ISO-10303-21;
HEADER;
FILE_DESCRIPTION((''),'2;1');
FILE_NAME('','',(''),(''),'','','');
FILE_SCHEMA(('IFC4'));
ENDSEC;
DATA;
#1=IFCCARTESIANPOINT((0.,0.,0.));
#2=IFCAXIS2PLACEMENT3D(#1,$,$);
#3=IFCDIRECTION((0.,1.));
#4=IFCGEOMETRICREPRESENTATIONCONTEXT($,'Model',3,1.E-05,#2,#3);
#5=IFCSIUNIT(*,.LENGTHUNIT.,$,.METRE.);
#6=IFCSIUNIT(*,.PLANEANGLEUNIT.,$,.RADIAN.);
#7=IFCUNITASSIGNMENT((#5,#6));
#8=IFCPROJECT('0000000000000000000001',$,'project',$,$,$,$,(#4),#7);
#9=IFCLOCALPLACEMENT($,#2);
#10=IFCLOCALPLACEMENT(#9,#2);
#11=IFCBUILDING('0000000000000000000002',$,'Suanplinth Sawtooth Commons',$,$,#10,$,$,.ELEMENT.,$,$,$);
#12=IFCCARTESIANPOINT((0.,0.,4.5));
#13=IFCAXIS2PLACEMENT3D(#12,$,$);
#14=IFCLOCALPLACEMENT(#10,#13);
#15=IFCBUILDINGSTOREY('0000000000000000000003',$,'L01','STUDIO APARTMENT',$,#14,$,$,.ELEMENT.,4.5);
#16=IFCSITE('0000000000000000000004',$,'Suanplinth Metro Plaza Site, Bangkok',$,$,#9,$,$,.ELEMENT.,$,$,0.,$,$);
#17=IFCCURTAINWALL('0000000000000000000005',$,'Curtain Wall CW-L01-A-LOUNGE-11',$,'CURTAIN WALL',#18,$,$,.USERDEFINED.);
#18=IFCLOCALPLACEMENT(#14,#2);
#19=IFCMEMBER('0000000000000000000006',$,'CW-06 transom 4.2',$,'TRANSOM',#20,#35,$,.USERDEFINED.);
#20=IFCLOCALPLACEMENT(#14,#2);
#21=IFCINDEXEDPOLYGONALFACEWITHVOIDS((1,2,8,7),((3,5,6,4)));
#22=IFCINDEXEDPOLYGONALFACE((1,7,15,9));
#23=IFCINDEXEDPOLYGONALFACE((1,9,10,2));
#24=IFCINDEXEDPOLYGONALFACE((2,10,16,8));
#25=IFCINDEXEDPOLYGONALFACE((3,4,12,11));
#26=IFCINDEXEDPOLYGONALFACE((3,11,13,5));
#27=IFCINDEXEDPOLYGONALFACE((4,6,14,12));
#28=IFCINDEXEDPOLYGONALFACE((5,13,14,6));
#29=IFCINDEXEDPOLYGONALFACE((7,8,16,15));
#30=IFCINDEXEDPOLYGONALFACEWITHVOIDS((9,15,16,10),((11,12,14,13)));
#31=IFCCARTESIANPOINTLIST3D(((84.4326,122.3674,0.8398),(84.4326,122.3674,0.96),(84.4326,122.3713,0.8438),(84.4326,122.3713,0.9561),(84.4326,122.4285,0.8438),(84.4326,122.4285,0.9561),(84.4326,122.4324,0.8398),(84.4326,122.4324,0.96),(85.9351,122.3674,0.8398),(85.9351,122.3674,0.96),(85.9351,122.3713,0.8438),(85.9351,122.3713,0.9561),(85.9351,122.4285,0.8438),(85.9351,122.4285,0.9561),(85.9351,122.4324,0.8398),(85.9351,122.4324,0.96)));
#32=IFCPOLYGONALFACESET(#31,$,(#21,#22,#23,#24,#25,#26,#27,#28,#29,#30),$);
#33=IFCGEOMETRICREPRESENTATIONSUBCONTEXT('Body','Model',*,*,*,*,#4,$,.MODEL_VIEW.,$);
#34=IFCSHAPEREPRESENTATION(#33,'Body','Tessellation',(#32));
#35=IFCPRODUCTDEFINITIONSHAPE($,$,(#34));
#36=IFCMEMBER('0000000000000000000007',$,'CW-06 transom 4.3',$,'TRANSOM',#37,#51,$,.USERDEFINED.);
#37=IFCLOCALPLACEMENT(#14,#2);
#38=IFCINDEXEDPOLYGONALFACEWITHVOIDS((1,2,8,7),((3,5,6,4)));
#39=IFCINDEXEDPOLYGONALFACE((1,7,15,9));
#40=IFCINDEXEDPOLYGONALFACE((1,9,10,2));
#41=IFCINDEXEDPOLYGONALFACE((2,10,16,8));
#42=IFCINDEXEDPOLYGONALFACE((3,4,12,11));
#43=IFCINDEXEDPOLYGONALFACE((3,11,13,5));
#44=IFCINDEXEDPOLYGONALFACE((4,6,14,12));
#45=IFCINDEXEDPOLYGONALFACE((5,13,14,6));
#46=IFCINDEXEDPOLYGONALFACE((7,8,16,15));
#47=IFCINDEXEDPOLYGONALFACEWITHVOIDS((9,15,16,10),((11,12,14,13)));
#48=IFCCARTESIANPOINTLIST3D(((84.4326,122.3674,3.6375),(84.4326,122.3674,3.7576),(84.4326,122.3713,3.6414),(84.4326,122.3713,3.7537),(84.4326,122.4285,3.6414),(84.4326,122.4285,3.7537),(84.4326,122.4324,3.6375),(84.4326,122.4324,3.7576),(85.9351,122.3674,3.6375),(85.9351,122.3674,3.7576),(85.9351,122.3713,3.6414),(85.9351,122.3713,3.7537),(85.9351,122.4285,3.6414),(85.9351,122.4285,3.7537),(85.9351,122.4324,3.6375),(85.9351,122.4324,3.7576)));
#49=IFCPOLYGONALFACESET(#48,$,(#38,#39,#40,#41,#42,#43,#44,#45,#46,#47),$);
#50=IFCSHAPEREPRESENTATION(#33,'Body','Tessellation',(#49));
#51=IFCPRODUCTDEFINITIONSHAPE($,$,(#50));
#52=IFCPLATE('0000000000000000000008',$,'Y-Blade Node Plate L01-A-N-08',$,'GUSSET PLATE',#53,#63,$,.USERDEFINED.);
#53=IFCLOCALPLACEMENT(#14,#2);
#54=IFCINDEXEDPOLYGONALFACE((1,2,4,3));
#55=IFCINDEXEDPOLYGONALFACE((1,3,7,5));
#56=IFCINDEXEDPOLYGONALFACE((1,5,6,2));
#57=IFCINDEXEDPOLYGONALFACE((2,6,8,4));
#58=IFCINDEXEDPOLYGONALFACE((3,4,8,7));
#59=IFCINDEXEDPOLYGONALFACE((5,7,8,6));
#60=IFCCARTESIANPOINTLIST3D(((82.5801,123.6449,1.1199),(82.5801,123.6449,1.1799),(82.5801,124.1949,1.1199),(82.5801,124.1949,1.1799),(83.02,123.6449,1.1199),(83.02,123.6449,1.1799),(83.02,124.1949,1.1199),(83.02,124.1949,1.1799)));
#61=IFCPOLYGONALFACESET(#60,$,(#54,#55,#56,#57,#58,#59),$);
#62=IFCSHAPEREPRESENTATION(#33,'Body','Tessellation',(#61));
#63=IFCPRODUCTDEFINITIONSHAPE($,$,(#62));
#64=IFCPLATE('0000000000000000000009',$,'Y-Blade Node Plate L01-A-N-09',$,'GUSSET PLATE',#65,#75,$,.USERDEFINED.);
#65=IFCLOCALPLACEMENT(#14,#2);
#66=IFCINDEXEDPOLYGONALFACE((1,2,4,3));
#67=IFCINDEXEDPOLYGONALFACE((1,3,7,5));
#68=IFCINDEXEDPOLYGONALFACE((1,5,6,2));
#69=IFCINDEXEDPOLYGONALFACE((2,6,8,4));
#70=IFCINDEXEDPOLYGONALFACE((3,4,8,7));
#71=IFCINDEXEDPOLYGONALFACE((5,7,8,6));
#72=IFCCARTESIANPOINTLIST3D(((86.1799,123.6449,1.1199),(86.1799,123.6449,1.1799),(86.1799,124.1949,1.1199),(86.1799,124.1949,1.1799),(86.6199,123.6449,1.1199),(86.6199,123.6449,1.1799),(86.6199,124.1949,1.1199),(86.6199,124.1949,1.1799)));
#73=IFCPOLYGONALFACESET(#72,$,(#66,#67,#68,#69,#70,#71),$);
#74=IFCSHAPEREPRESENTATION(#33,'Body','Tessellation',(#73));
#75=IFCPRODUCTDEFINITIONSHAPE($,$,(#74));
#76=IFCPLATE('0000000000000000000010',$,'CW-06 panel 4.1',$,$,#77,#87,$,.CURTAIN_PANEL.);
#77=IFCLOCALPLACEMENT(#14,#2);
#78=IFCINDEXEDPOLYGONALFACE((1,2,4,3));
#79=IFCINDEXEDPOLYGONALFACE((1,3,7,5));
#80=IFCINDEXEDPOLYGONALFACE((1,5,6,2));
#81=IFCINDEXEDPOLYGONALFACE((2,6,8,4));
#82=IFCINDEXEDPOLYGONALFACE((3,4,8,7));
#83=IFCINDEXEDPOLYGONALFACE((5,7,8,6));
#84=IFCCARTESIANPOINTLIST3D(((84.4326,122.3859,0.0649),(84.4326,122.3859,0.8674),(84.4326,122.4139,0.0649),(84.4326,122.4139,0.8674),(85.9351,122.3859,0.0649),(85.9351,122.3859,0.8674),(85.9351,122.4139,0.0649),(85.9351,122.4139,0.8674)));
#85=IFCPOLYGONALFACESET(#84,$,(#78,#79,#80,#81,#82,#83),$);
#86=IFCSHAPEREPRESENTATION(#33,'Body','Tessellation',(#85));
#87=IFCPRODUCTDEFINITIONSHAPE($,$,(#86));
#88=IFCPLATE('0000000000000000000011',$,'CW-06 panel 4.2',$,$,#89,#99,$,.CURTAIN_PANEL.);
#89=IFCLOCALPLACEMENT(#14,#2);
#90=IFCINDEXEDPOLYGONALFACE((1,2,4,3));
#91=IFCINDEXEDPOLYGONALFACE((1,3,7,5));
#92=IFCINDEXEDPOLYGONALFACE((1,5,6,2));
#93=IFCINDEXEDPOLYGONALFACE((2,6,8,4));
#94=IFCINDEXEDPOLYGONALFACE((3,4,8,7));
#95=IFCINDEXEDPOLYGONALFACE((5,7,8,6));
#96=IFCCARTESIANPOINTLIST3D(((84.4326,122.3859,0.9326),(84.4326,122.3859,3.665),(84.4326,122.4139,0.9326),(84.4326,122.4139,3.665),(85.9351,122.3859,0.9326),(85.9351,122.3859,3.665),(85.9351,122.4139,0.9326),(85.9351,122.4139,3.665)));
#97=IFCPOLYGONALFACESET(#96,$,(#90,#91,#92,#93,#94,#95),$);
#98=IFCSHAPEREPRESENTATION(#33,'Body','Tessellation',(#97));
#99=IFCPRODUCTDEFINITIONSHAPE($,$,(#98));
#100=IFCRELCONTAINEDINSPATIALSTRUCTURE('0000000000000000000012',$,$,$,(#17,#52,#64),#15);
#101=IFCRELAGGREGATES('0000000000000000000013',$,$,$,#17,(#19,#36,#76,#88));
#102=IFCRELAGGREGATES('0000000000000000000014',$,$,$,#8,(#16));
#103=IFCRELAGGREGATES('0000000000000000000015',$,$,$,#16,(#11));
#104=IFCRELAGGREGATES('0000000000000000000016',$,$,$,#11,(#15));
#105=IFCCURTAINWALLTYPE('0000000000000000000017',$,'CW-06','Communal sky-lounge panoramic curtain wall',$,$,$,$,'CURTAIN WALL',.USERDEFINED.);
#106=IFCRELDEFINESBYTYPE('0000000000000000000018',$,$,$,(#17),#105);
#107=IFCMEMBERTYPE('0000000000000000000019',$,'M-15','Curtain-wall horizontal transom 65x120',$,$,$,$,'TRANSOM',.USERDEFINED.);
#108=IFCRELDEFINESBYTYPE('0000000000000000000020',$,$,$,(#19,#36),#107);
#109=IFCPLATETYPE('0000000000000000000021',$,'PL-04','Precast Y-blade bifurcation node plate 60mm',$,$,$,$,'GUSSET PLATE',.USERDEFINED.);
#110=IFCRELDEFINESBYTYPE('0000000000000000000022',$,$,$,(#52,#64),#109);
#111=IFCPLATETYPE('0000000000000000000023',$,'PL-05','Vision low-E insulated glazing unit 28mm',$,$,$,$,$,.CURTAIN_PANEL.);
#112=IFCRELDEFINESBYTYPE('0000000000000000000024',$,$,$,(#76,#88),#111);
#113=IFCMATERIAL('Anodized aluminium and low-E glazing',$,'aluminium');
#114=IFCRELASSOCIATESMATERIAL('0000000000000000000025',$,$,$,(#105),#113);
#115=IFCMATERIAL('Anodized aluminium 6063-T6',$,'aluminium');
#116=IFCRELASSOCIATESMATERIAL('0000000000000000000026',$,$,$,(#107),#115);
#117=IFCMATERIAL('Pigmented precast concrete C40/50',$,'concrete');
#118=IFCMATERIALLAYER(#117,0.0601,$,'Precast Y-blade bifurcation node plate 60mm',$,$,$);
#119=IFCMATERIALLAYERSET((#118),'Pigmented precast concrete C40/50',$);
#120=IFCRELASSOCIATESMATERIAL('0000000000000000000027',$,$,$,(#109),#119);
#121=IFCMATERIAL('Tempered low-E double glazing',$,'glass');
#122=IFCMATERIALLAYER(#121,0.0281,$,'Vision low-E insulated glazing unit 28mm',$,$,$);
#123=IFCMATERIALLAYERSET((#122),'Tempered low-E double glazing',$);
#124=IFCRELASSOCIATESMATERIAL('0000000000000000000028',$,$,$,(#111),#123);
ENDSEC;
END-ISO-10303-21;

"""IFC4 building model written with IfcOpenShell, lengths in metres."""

from ifc_helpers import new_model, si_unit, direction, frame, origin, origin_2d, place, context, subcontext, project, spatial, rectangle, hollow_rectangle, extrude, material, layer, layer_set, material_profile, profile_set, type_object, element, aggregate, save


model = new_model("IFC4")

# Units and contexts
model_context = context("Model", 3, precision=1e-05, world=origin(), true_north=direction((0.0, 1.0)))
body_context = subcontext(model_context, "Body", "Model", "MODEL_VIEW")
ifc_project = project(units=[si_unit("LENGTHUNIT", "METRE"), si_unit("PLANEANGLEUNIT", "RADIAN")], contexts=[model_context])

# Site, building, storey
site_placement = place(None, origin())
site = spatial("IfcSite", under=ifc_project, at=site_placement, Name="Suanplinth Metro Plaza Site, Bangkok", CompositionType="ELEMENT", RefElevation=0.0)
building_placement = place(site_placement, origin())
building = spatial("IfcBuilding", under=site, at=building_placement, Name="Suanplinth Sawtooth Commons", CompositionType="ELEMENT")
storey_placement = place(building_placement, frame((0.0, 0.0, 4.5)))
storey = spatial("IfcBuildingStorey", under=building, at=storey_placement, Name="L01", Description="STUDIO APARTMENT", CompositionType="ELEMENT", Elevation=4.5)

# Shared definitions
ifc_material_1 = material(Name="Pigmented precast concrete C40/50", Category="concrete")

# Curtain wall, members
ifc_material_2 = material(Name="Anodized aluminium and low-E glazing", Category="aluminium")
curtain_wall_type = type_object("IfcCurtainWallType", Name="CW-06", Description="Communal sky-lounge panoramic curtain wall", ElementType="CURTAIN WALL", PredefinedType="USERDEFINED", material=ifc_material_2)
curtain_wall_placement = place(storey_placement, origin())
curtain_wall = element("IfcCurtainWall", 1, at=curtain_wall_placement, inside=storey, type_object=curtain_wall_type, Name="Curtain Wall CW-L01-A-LOUNGE-11", ObjectType="CURTAIN WALL", PredefinedType="USERDEFINED")
ifc_material_3 = material(Name="Anodized aluminium 6063-T6", Category="aluminium")
ifc_material_profile_1 = material_profile(ifc_material_3, hollow_rectangle(XDim=0.0649, YDim=0.1201, WallThickness=0.0039, at=origin_2d()), Name="ALU-TRN 65x120")
ifc_profile_set_1 = profile_set([ifc_material_profile_1], Name="Anodized aluminium 6063-T6")
member_type_1 = type_object("IfcMemberType", Name="M-15", Description="Curtain-wall horizontal transom 65x120", ElementType="TRANSOM", PredefinedType="USERDEFINED", material=ifc_profile_set_1)
member_1_placement = place(storey_placement, frame((84.4326, 122.3999, 0.8999), z_axis=(1.0, 0.0, 0.0), x_axis=(0.0, 1.0, 0.0)))
member_1 = element("IfcMember", 2, at=member_1_placement, type_object=member_type_1, Name="CW-06 transom 4.2", ObjectType="TRANSOM", PredefinedType="USERDEFINED", context=body_context, shape_type="SweptSolid", body=[
    extrude(hollow_rectangle(XDim=0.0649, YDim=0.1201, WallThickness=0.0039, at=origin_2d()), origin(), (0.0, 0.0, 1.0), 1.5024),
])
member_2_placement = place(storey_placement, frame((84.4326, 122.3999, 3.6975), z_axis=(1.0, 0.0, 0.0), x_axis=(0.0, 1.0, 0.0)))
member_2 = element("IfcMember", 3, at=member_2_placement, type_object=member_type_1, Name="CW-06 transom 4.3", ObjectType="TRANSOM", PredefinedType="USERDEFINED", context=body_context, shape_type="SweptSolid", body=[
    extrude(hollow_rectangle(XDim=0.0649, YDim=0.1201, WallThickness=0.0039, at=origin_2d()), origin(), (0.0, 0.0, 1.0), 1.5024),
])

# Plates
ifc_layer_1 = layer(ifc_material_1, 0.0601, Name="Precast Y-blade bifurcation node plate 60mm")
ifc_layer_set_1 = layer_set([ifc_layer_1], Name="Pigmented precast concrete C40/50")
plate_type_1 = type_object("IfcPlateType", Name="PL-04", Description="Precast Y-blade bifurcation node plate 60mm", ElementType="GUSSET PLATE", PredefinedType="USERDEFINED", material=ifc_layer_set_1)
for number, where, z_axis, x_axis, name in (
    (4, (82.8, 123.9199, 1.1199), (0.0, 0.0, 1.0), (1.0, 0.0, 0.0), "Y-Blade Node Plate L01-A-N-08"),
    (5, (86.3999, 123.9199, 1.1199), (0.0, 0.0, 1.0), (1.0, 0.0, 0.0), "Y-Blade Node Plate L01-A-N-09"),
):
    element("IfcPlate", number, at=place(storey_placement, frame(where, z_axis=z_axis, x_axis=x_axis)), inside=storey, type_object=plate_type_1, Name=name, ObjectType="GUSSET PLATE", PredefinedType="USERDEFINED", context=body_context, shape_type="SweptSolid", body=[
        extrude(rectangle(XDim=0.4399, YDim=0.55, at=origin_2d()), origin(), (0.0, 0.0, 1.0), 0.0601),
    ])

# Plates
ifc_material_4 = material(Name="Tempered low-E double glazing", Category="glass")
ifc_layer_2 = layer(ifc_material_4, 0.0281, Name="Vision low-E insulated glazing unit 28mm")
ifc_layer_set_2 = layer_set([ifc_layer_2], Name="Tempered low-E double glazing")
plate_type_2 = type_object("IfcPlateType", Name="PL-05", Description="Vision low-E insulated glazing unit 28mm", PredefinedType="CURTAIN_PANEL", material=ifc_layer_set_2)
plate_1_placement = place(storey_placement, frame((85.1838, 122.3999, 0.0649), z_axis=(0.0, 0.0, 1.0), x_axis=(1.0, 0.0, 0.0)))
plate_1 = element("IfcPlate", 6, at=plate_1_placement, type_object=plate_type_2, Name="CW-06 panel 4.1", PredefinedType="CURTAIN_PANEL", context=body_context, shape_type="SweptSolid", body=[
    extrude(rectangle(XDim=1.5024, YDim=0.0281, at=origin_2d()), origin(), (0.0, 0.0, 1.0), 0.8025),
])
plate_2_placement = place(storey_placement, frame((85.1838, 122.3999, 0.9326), z_axis=(0.0, 0.0, 1.0), x_axis=(1.0, 0.0, 0.0)))
plate_2 = element("IfcPlate", 7, at=plate_2_placement, type_object=plate_type_2, Name="CW-06 panel 4.2", PredefinedType="CURTAIN_PANEL", context=body_context, shape_type="SweptSolid", body=[
    extrude(rectangle(XDim=1.5024, YDim=0.0281, at=origin_2d()), origin(), (0.0, 0.0, 1.0), 2.7324),
])
aggregate(curtain_wall, [member_1, member_2, plate_1, plate_2])

save(model, "model.ifc")
